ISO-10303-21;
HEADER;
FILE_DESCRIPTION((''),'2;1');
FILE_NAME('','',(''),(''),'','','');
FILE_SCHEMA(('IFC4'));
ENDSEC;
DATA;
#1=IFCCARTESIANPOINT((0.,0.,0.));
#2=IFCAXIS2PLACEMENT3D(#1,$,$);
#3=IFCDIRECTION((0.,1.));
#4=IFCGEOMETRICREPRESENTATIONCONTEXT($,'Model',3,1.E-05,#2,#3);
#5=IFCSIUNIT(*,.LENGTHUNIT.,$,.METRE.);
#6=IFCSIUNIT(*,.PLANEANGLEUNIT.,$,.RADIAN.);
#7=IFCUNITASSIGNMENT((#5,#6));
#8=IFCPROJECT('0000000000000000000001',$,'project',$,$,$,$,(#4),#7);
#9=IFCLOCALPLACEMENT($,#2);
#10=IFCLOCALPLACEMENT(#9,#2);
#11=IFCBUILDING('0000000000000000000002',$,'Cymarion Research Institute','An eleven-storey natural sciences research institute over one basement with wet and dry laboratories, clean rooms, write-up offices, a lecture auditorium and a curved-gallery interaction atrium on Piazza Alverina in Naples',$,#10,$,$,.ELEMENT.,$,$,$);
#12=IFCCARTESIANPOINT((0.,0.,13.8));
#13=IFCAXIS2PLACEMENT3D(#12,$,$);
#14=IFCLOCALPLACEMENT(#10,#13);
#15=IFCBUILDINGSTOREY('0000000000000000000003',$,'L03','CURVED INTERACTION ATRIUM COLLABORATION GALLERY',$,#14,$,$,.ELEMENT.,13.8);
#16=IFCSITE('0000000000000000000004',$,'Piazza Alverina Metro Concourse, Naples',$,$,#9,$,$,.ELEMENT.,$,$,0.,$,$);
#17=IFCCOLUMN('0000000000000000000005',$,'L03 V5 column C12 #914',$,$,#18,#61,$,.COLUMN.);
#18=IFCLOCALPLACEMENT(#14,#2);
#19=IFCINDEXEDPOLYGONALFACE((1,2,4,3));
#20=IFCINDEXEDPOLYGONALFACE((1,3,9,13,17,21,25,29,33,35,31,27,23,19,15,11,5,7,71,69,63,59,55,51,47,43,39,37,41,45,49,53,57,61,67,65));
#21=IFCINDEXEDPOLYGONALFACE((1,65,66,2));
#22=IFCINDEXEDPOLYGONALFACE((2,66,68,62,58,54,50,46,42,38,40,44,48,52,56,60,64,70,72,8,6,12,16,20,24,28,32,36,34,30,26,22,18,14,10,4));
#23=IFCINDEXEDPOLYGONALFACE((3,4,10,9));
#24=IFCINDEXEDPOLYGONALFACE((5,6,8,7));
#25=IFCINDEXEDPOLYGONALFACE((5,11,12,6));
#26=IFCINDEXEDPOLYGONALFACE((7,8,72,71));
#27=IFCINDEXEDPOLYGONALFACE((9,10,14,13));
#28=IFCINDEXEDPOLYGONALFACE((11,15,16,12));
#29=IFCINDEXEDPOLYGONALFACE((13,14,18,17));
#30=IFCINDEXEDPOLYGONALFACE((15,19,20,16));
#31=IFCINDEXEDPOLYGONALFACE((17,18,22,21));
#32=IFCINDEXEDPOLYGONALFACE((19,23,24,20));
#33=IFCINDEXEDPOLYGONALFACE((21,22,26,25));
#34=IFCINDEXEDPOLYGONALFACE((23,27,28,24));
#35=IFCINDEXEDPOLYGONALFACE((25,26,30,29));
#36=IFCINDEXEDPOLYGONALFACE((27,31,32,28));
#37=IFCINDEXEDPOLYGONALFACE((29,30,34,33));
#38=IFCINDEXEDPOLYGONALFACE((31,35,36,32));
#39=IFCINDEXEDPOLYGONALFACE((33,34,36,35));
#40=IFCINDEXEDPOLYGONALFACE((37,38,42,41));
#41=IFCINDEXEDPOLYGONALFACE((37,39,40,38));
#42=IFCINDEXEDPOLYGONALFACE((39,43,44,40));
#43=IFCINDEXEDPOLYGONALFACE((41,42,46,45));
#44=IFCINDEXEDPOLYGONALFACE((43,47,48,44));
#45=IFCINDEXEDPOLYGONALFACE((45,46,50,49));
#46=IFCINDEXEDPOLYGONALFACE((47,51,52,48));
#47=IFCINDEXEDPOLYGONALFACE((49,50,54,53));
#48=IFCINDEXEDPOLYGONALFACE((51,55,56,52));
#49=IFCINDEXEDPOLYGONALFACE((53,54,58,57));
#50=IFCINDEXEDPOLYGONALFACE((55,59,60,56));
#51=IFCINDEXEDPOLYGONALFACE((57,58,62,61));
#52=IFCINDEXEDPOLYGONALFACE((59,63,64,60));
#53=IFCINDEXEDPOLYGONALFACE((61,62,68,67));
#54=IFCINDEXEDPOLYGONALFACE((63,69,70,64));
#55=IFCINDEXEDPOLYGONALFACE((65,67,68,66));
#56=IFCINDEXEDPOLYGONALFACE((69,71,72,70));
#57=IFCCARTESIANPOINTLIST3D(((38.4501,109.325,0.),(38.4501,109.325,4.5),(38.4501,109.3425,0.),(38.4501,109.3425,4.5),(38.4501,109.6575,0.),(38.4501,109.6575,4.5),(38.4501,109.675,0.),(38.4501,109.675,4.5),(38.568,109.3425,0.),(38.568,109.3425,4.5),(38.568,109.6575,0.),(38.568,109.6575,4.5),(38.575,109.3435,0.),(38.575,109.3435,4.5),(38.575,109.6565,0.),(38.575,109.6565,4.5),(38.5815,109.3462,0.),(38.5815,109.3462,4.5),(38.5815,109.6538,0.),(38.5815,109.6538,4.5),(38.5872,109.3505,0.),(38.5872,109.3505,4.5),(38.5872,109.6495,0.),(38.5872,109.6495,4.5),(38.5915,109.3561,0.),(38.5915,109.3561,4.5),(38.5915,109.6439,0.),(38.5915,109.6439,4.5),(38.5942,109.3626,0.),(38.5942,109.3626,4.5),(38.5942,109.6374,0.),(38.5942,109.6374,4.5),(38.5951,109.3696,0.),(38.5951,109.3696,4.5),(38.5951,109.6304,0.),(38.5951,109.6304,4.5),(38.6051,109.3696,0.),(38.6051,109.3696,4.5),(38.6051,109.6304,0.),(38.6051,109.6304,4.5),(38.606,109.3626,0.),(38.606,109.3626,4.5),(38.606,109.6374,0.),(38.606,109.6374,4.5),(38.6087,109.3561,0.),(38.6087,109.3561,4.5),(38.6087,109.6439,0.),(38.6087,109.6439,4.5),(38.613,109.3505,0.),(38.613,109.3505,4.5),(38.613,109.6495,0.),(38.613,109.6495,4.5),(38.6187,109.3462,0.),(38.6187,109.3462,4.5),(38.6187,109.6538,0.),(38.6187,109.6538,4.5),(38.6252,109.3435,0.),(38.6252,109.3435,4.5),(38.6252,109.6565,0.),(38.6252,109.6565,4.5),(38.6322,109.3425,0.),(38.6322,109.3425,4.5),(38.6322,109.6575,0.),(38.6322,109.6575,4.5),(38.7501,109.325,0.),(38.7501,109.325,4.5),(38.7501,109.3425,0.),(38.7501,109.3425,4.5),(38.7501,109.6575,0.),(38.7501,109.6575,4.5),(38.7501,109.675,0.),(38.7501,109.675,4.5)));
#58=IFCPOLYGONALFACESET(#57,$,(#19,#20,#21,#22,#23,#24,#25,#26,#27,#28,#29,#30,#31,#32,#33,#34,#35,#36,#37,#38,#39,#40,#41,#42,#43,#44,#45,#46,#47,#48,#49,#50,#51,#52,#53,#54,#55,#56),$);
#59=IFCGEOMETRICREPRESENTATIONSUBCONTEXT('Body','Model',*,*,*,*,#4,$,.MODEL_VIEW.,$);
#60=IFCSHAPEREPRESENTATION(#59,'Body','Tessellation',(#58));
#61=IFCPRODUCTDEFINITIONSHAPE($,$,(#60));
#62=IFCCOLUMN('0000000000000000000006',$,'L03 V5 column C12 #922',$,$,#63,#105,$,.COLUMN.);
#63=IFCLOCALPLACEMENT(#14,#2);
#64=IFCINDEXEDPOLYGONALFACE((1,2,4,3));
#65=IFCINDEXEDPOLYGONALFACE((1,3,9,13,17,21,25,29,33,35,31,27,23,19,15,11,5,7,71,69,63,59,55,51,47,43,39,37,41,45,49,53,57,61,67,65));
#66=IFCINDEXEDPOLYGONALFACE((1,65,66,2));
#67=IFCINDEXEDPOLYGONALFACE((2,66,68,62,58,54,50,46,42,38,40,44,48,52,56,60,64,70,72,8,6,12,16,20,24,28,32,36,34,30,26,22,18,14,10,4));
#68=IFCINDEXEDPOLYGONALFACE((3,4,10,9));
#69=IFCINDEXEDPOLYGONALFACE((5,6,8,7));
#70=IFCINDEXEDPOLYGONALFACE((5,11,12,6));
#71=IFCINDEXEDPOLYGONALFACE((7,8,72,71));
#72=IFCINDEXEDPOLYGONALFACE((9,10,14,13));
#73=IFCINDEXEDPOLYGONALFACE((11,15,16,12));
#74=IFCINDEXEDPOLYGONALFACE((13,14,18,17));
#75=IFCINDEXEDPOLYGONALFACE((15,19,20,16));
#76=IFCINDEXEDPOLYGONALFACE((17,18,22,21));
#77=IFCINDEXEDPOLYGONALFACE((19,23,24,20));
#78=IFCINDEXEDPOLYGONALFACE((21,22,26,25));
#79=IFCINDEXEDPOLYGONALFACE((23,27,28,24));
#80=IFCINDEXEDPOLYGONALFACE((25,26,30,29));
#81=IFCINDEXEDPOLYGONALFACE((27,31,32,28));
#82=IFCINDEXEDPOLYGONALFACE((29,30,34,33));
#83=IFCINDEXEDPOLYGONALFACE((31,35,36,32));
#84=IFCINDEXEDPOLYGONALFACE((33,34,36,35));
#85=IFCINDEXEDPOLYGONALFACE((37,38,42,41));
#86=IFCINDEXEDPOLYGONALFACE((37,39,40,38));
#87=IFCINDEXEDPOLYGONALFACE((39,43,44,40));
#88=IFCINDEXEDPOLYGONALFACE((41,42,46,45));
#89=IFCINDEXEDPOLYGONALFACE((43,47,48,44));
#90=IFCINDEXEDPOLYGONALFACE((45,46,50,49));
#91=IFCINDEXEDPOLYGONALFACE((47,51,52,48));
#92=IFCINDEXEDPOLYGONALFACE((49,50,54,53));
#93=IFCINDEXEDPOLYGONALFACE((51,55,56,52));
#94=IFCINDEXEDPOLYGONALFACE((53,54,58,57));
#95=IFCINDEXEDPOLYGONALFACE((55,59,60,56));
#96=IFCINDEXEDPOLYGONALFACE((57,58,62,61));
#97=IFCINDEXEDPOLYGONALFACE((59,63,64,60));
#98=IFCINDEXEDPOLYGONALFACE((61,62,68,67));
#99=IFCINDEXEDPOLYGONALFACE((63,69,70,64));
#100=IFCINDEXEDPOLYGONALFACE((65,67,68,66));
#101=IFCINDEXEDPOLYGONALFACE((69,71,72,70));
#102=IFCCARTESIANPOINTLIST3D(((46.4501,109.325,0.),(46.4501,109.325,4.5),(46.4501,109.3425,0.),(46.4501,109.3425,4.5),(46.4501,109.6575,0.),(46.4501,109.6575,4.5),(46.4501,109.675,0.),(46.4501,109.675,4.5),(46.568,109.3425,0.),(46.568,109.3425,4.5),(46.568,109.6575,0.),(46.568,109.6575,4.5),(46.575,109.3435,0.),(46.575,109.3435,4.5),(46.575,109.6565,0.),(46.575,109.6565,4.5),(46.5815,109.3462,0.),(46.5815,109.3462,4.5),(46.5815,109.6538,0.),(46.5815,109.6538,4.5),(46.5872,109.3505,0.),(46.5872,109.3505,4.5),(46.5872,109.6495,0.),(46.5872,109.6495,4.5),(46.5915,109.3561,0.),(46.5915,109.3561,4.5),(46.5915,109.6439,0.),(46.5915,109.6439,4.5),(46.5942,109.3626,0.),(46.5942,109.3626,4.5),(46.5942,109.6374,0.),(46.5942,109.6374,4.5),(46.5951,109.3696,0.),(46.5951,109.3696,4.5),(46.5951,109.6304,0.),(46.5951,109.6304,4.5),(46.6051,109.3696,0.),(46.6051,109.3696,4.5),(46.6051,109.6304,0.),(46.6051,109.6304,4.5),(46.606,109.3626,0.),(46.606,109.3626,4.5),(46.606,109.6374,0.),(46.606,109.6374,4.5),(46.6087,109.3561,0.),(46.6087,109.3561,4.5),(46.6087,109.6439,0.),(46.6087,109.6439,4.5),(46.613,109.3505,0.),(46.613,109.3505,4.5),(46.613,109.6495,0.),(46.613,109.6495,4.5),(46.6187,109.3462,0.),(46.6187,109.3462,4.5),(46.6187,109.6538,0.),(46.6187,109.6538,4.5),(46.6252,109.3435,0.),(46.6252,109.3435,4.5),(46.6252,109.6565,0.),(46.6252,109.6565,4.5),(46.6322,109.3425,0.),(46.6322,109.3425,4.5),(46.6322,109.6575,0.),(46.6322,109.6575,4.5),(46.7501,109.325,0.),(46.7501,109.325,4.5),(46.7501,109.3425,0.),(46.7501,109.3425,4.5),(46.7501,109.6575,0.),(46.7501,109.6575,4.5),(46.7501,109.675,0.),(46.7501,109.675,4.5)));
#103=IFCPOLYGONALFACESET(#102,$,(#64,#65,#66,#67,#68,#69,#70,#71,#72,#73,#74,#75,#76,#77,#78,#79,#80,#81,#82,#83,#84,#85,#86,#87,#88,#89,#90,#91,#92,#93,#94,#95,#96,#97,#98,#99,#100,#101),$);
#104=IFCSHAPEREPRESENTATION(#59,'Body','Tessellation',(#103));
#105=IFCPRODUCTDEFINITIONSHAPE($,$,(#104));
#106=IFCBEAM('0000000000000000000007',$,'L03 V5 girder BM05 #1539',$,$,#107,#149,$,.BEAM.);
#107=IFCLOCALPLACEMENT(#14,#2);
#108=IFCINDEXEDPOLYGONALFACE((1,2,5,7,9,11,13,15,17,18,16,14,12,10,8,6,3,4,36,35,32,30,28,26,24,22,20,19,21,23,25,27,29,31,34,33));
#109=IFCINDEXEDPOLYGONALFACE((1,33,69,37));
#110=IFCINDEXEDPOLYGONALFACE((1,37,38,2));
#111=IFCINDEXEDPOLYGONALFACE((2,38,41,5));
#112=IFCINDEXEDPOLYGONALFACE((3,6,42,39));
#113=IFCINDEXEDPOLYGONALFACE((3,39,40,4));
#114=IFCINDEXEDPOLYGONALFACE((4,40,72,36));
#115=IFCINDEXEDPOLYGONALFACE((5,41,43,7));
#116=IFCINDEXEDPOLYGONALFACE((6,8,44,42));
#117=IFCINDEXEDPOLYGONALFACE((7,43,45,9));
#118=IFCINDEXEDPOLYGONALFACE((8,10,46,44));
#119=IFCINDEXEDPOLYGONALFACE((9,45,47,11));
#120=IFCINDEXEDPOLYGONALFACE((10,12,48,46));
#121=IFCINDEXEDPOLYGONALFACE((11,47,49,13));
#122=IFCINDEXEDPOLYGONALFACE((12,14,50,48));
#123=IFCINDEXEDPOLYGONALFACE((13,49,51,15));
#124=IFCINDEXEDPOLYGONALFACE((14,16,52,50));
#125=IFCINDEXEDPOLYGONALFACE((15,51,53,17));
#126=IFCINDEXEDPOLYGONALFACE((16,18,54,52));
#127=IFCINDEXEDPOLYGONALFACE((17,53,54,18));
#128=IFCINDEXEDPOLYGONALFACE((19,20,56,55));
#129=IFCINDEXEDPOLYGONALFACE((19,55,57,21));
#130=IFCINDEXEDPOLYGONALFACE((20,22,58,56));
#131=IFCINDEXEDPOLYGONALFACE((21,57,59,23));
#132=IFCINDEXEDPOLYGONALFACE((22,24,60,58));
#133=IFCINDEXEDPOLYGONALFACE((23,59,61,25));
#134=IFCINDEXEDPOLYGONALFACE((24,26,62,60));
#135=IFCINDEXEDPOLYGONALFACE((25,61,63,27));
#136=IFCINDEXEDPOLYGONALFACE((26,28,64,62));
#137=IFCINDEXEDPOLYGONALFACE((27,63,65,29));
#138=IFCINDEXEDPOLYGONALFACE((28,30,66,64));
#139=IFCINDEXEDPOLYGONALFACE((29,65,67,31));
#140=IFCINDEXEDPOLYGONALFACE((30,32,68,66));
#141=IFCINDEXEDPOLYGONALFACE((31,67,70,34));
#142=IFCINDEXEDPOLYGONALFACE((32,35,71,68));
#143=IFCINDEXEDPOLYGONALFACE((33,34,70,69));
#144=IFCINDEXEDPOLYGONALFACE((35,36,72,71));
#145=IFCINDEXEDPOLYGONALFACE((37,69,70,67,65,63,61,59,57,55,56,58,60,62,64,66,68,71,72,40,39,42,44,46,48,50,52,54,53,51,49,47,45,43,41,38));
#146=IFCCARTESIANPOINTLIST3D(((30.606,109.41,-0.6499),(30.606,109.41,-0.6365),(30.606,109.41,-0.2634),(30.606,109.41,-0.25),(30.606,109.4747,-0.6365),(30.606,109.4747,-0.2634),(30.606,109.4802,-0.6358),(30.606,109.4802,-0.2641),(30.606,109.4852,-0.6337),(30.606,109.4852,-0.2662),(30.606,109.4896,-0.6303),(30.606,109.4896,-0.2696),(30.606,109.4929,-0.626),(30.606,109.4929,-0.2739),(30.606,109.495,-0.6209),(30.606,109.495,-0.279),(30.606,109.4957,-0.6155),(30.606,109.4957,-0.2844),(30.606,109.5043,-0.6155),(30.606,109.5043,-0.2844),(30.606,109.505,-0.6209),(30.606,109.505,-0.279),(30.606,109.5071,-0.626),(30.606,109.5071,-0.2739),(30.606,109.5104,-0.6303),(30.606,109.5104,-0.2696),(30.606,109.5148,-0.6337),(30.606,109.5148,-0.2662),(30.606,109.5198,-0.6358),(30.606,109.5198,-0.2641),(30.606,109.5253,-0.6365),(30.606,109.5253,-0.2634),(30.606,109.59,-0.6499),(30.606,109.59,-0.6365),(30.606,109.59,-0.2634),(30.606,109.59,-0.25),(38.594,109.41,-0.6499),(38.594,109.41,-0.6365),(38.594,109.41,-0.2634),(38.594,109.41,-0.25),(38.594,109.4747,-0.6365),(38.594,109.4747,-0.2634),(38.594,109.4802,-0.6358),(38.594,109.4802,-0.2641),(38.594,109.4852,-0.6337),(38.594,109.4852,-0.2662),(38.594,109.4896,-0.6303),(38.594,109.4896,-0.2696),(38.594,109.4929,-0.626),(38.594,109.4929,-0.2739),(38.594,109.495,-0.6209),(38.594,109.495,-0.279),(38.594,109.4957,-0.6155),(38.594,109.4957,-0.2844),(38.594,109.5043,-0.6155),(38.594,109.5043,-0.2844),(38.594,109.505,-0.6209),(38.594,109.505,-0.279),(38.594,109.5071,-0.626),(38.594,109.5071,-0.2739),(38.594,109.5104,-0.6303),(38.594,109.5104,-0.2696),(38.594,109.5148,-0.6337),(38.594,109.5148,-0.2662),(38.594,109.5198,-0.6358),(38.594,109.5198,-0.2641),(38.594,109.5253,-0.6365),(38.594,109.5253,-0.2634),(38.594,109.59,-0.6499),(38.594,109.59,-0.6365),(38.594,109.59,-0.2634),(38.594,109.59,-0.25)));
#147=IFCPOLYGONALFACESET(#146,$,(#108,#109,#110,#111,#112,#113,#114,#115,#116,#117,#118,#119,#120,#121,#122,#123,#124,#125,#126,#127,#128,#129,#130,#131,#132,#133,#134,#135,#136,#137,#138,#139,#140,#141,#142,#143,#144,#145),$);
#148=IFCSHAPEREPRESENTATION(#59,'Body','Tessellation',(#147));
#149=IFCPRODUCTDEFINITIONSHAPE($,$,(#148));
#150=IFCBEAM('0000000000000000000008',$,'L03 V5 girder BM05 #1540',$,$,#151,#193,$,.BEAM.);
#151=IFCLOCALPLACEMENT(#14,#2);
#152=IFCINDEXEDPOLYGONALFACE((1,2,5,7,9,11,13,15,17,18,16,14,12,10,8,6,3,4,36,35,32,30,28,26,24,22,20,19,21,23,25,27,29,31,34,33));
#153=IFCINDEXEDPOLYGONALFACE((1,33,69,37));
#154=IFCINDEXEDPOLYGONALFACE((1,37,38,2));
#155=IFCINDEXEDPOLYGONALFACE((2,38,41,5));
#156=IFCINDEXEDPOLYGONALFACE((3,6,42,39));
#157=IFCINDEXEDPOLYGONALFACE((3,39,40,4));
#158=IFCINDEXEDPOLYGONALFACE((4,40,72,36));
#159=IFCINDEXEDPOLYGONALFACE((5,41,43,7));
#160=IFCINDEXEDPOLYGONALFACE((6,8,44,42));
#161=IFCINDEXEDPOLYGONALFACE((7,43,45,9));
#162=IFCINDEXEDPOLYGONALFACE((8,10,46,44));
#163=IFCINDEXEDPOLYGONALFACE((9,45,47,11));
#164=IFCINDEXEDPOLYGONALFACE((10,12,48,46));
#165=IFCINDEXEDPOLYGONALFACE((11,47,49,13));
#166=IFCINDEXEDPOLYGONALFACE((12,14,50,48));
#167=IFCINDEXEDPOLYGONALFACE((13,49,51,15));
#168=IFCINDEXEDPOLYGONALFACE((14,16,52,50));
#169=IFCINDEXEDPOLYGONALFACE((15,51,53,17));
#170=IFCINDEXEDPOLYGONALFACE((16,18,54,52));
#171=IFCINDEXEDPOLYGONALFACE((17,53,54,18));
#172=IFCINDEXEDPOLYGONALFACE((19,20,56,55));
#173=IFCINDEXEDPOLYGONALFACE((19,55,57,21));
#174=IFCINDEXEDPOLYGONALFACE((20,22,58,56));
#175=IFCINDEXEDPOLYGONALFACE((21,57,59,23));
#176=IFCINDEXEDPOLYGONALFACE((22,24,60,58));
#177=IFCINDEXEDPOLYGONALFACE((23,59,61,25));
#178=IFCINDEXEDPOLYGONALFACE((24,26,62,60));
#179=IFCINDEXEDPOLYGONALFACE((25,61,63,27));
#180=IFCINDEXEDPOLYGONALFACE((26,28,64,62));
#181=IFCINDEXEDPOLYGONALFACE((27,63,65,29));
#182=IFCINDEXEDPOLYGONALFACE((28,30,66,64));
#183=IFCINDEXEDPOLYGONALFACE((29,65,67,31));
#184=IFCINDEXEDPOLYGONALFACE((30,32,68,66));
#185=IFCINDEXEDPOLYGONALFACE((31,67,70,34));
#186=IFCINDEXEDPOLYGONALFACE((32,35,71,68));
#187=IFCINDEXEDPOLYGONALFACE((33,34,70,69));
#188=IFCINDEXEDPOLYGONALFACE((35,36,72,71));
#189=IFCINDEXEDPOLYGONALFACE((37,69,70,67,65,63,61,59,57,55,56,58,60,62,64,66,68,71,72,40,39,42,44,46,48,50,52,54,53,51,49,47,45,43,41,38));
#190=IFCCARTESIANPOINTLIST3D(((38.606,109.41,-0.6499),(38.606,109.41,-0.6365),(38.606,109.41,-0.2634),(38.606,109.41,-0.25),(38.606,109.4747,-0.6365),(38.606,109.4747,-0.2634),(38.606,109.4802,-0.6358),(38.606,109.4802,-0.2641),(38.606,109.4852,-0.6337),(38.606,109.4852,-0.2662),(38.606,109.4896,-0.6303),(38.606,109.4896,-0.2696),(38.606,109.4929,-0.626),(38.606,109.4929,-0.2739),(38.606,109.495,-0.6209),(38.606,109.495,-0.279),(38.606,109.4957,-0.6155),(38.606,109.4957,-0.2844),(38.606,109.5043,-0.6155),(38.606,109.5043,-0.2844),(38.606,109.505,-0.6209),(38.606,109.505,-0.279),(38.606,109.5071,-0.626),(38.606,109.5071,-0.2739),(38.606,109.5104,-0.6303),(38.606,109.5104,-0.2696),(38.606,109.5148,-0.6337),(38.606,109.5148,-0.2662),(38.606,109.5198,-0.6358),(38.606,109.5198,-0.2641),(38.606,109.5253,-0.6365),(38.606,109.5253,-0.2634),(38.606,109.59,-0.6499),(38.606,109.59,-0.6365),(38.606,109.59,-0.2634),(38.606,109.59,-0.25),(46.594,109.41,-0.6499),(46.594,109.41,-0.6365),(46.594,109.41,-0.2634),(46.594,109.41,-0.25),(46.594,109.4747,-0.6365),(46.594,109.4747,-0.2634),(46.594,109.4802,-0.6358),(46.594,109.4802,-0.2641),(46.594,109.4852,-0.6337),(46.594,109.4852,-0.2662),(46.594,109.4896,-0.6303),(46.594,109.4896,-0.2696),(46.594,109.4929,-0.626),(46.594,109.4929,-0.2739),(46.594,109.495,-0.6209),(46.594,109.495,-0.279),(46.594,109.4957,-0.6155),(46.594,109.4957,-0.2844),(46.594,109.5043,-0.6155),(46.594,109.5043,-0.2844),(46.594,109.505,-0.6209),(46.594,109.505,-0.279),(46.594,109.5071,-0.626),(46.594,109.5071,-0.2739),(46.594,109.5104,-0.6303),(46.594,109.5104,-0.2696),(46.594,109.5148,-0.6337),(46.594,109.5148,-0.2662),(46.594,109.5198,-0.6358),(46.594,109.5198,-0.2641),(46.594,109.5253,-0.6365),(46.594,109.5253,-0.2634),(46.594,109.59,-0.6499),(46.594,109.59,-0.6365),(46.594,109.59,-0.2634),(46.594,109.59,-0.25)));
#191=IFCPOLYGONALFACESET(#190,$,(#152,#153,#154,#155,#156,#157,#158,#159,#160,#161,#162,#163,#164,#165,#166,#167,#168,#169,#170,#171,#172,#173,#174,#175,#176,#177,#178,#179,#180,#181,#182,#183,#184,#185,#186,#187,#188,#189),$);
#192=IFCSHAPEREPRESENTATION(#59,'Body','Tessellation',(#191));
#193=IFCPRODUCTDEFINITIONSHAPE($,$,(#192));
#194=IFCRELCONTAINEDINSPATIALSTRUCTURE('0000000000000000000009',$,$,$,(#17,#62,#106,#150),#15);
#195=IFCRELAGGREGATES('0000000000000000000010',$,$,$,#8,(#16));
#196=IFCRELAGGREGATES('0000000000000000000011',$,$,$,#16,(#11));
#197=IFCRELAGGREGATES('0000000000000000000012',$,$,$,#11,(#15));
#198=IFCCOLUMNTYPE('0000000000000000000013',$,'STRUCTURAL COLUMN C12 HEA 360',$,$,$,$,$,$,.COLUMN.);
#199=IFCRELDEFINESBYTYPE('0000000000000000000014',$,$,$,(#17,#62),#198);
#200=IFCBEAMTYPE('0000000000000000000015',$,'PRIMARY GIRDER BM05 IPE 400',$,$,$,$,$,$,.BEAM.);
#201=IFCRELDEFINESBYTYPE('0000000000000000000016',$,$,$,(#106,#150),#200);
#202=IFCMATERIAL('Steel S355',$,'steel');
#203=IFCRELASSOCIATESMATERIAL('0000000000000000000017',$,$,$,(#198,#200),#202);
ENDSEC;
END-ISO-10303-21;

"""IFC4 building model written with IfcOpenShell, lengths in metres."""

from ifc_helpers import new_model, si_unit, direction, frame, origin, origin_2d, place, context, subcontext, project, spatial, i_section, extrude, material, material_profile, profile_set, type_object, element, save


model = new_model("IFC4")

# Units and contexts
model_context = context("Model", 3, precision=1e-05, world=origin(), true_north=direction((0.0, 1.0)))
body_context = subcontext(model_context, "Body", "Model", "MODEL_VIEW")
ifc_project = project(units=[si_unit("LENGTHUNIT", "METRE"), si_unit("PLANEANGLEUNIT", "RADIAN")], contexts=[model_context])

# Site, building, storey
site_placement = place(None, origin())
site = spatial("IfcSite", under=ifc_project, at=site_placement, Name="Piazza Alverina Metro Concourse, Naples", CompositionType="ELEMENT", RefElevation=0.0)
building_placement = place(site_placement, origin())
building = spatial("IfcBuilding", under=site, at=building_placement, Name="Cymarion Research Institute", Description="An eleven-storey natural sciences research institute over one basement with wet and dry laboratories, clean rooms, write-up offices, a lecture auditorium and a curved-gallery interaction atrium on Piazza Alverina in Naples", CompositionType="ELEMENT")
storey_placement = place(building_placement, frame((0.0, 0.0, 13.8)))
storey = spatial("IfcBuildingStorey", under=building, at=storey_placement, Name="L03", Description="CURVED INTERACTION ATRIUM COLLABORATION GALLERY", CompositionType="ELEMENT", Elevation=13.8)

# Columns
ifc_material_1 = material(Name="Steel S355", Category="steel")
ifc_material_profile_1 = material_profile(ifc_material_1, i_section(OverallWidth=0.3, OverallDepth=0.3501, WebThickness=0.01, FlangeThickness=0.0176, FilletRadius=0.0271, at=origin_2d()), Name="HEA 360")
ifc_profile_set_1 = profile_set([ifc_material_profile_1], Name="Steel S355")
column_type = type_object("IfcColumnType", Name="STRUCTURAL COLUMN C12 HEA 360", PredefinedType="COLUMN", material=ifc_profile_set_1)
for number, where, z_axis, x_axis, name in (
    (1, (38.6001, 109.5, 0.0), (0.0, 0.0, 1.0), (1.0, 0.0, 0.0), "L03 V5 column C12 #914"),
    (2, (46.6001, 109.5, 0.0), (0.0, 0.0, 1.0), (1.0, 0.0, 0.0), "L03 V5 column C12 #922"),
):
    element("IfcColumn", number, at=place(storey_placement, frame(where, z_axis=z_axis, x_axis=x_axis)), inside=storey, type_object=column_type, Name=name, PredefinedType="COLUMN", context=body_context, shape_type="SweptSolid", body=[
        extrude(i_section(OverallWidth=0.3, OverallDepth=0.3501, WebThickness=0.01, FlangeThickness=0.0176, FilletRadius=0.0271, at=origin_2d()), origin(), (0.0, 0.0, 1.0), 4.5),
    ])

# Beams
ifc_material_profile_2 = material_profile(ifc_material_1, i_section(OverallWidth=0.1799, OverallDepth=0.3999, WebThickness=0.0085, FlangeThickness=0.0134, FilletRadius=0.021, at=origin_2d()), Name="IPE 400")
ifc_profile_set_2 = profile_set([ifc_material_profile_2], Name="Steel S355")
beam_type_1 = type_object("IfcBeamType", Name="PRIMARY GIRDER BM05 IPE 400", PredefinedType="BEAM", material=ifc_profile_set_2)
for number, where, z_axis, x_axis, name in (
    (3, (30.606, 109.5, -0.45), (1.0, 0.0, 0.0), (0.0, 1.0, 0.0), "L03 V5 girder BM05 #1539"),
    (4, (38.606, 109.5, -0.45), (1.0, 0.0, 0.0), (0.0, 1.0, 0.0), "L03 V5 girder BM05 #1540"),
):
    element("IfcBeam", number, at=place(storey_placement, frame(where, z_axis=z_axis, x_axis=x_axis)), inside=storey, type_object=beam_type_1, Name=name, PredefinedType="BEAM", context=body_context, shape_type="SweptSolid", body=[
        extrude(i_section(OverallWidth=0.1799, OverallDepth=0.3999, WebThickness=0.0085, FlangeThickness=0.0134, FilletRadius=0.021, at=origin_2d()), origin(), (0.0, 0.0, 1.0), 7.988),
    ])

save(model, "model.ifc")
